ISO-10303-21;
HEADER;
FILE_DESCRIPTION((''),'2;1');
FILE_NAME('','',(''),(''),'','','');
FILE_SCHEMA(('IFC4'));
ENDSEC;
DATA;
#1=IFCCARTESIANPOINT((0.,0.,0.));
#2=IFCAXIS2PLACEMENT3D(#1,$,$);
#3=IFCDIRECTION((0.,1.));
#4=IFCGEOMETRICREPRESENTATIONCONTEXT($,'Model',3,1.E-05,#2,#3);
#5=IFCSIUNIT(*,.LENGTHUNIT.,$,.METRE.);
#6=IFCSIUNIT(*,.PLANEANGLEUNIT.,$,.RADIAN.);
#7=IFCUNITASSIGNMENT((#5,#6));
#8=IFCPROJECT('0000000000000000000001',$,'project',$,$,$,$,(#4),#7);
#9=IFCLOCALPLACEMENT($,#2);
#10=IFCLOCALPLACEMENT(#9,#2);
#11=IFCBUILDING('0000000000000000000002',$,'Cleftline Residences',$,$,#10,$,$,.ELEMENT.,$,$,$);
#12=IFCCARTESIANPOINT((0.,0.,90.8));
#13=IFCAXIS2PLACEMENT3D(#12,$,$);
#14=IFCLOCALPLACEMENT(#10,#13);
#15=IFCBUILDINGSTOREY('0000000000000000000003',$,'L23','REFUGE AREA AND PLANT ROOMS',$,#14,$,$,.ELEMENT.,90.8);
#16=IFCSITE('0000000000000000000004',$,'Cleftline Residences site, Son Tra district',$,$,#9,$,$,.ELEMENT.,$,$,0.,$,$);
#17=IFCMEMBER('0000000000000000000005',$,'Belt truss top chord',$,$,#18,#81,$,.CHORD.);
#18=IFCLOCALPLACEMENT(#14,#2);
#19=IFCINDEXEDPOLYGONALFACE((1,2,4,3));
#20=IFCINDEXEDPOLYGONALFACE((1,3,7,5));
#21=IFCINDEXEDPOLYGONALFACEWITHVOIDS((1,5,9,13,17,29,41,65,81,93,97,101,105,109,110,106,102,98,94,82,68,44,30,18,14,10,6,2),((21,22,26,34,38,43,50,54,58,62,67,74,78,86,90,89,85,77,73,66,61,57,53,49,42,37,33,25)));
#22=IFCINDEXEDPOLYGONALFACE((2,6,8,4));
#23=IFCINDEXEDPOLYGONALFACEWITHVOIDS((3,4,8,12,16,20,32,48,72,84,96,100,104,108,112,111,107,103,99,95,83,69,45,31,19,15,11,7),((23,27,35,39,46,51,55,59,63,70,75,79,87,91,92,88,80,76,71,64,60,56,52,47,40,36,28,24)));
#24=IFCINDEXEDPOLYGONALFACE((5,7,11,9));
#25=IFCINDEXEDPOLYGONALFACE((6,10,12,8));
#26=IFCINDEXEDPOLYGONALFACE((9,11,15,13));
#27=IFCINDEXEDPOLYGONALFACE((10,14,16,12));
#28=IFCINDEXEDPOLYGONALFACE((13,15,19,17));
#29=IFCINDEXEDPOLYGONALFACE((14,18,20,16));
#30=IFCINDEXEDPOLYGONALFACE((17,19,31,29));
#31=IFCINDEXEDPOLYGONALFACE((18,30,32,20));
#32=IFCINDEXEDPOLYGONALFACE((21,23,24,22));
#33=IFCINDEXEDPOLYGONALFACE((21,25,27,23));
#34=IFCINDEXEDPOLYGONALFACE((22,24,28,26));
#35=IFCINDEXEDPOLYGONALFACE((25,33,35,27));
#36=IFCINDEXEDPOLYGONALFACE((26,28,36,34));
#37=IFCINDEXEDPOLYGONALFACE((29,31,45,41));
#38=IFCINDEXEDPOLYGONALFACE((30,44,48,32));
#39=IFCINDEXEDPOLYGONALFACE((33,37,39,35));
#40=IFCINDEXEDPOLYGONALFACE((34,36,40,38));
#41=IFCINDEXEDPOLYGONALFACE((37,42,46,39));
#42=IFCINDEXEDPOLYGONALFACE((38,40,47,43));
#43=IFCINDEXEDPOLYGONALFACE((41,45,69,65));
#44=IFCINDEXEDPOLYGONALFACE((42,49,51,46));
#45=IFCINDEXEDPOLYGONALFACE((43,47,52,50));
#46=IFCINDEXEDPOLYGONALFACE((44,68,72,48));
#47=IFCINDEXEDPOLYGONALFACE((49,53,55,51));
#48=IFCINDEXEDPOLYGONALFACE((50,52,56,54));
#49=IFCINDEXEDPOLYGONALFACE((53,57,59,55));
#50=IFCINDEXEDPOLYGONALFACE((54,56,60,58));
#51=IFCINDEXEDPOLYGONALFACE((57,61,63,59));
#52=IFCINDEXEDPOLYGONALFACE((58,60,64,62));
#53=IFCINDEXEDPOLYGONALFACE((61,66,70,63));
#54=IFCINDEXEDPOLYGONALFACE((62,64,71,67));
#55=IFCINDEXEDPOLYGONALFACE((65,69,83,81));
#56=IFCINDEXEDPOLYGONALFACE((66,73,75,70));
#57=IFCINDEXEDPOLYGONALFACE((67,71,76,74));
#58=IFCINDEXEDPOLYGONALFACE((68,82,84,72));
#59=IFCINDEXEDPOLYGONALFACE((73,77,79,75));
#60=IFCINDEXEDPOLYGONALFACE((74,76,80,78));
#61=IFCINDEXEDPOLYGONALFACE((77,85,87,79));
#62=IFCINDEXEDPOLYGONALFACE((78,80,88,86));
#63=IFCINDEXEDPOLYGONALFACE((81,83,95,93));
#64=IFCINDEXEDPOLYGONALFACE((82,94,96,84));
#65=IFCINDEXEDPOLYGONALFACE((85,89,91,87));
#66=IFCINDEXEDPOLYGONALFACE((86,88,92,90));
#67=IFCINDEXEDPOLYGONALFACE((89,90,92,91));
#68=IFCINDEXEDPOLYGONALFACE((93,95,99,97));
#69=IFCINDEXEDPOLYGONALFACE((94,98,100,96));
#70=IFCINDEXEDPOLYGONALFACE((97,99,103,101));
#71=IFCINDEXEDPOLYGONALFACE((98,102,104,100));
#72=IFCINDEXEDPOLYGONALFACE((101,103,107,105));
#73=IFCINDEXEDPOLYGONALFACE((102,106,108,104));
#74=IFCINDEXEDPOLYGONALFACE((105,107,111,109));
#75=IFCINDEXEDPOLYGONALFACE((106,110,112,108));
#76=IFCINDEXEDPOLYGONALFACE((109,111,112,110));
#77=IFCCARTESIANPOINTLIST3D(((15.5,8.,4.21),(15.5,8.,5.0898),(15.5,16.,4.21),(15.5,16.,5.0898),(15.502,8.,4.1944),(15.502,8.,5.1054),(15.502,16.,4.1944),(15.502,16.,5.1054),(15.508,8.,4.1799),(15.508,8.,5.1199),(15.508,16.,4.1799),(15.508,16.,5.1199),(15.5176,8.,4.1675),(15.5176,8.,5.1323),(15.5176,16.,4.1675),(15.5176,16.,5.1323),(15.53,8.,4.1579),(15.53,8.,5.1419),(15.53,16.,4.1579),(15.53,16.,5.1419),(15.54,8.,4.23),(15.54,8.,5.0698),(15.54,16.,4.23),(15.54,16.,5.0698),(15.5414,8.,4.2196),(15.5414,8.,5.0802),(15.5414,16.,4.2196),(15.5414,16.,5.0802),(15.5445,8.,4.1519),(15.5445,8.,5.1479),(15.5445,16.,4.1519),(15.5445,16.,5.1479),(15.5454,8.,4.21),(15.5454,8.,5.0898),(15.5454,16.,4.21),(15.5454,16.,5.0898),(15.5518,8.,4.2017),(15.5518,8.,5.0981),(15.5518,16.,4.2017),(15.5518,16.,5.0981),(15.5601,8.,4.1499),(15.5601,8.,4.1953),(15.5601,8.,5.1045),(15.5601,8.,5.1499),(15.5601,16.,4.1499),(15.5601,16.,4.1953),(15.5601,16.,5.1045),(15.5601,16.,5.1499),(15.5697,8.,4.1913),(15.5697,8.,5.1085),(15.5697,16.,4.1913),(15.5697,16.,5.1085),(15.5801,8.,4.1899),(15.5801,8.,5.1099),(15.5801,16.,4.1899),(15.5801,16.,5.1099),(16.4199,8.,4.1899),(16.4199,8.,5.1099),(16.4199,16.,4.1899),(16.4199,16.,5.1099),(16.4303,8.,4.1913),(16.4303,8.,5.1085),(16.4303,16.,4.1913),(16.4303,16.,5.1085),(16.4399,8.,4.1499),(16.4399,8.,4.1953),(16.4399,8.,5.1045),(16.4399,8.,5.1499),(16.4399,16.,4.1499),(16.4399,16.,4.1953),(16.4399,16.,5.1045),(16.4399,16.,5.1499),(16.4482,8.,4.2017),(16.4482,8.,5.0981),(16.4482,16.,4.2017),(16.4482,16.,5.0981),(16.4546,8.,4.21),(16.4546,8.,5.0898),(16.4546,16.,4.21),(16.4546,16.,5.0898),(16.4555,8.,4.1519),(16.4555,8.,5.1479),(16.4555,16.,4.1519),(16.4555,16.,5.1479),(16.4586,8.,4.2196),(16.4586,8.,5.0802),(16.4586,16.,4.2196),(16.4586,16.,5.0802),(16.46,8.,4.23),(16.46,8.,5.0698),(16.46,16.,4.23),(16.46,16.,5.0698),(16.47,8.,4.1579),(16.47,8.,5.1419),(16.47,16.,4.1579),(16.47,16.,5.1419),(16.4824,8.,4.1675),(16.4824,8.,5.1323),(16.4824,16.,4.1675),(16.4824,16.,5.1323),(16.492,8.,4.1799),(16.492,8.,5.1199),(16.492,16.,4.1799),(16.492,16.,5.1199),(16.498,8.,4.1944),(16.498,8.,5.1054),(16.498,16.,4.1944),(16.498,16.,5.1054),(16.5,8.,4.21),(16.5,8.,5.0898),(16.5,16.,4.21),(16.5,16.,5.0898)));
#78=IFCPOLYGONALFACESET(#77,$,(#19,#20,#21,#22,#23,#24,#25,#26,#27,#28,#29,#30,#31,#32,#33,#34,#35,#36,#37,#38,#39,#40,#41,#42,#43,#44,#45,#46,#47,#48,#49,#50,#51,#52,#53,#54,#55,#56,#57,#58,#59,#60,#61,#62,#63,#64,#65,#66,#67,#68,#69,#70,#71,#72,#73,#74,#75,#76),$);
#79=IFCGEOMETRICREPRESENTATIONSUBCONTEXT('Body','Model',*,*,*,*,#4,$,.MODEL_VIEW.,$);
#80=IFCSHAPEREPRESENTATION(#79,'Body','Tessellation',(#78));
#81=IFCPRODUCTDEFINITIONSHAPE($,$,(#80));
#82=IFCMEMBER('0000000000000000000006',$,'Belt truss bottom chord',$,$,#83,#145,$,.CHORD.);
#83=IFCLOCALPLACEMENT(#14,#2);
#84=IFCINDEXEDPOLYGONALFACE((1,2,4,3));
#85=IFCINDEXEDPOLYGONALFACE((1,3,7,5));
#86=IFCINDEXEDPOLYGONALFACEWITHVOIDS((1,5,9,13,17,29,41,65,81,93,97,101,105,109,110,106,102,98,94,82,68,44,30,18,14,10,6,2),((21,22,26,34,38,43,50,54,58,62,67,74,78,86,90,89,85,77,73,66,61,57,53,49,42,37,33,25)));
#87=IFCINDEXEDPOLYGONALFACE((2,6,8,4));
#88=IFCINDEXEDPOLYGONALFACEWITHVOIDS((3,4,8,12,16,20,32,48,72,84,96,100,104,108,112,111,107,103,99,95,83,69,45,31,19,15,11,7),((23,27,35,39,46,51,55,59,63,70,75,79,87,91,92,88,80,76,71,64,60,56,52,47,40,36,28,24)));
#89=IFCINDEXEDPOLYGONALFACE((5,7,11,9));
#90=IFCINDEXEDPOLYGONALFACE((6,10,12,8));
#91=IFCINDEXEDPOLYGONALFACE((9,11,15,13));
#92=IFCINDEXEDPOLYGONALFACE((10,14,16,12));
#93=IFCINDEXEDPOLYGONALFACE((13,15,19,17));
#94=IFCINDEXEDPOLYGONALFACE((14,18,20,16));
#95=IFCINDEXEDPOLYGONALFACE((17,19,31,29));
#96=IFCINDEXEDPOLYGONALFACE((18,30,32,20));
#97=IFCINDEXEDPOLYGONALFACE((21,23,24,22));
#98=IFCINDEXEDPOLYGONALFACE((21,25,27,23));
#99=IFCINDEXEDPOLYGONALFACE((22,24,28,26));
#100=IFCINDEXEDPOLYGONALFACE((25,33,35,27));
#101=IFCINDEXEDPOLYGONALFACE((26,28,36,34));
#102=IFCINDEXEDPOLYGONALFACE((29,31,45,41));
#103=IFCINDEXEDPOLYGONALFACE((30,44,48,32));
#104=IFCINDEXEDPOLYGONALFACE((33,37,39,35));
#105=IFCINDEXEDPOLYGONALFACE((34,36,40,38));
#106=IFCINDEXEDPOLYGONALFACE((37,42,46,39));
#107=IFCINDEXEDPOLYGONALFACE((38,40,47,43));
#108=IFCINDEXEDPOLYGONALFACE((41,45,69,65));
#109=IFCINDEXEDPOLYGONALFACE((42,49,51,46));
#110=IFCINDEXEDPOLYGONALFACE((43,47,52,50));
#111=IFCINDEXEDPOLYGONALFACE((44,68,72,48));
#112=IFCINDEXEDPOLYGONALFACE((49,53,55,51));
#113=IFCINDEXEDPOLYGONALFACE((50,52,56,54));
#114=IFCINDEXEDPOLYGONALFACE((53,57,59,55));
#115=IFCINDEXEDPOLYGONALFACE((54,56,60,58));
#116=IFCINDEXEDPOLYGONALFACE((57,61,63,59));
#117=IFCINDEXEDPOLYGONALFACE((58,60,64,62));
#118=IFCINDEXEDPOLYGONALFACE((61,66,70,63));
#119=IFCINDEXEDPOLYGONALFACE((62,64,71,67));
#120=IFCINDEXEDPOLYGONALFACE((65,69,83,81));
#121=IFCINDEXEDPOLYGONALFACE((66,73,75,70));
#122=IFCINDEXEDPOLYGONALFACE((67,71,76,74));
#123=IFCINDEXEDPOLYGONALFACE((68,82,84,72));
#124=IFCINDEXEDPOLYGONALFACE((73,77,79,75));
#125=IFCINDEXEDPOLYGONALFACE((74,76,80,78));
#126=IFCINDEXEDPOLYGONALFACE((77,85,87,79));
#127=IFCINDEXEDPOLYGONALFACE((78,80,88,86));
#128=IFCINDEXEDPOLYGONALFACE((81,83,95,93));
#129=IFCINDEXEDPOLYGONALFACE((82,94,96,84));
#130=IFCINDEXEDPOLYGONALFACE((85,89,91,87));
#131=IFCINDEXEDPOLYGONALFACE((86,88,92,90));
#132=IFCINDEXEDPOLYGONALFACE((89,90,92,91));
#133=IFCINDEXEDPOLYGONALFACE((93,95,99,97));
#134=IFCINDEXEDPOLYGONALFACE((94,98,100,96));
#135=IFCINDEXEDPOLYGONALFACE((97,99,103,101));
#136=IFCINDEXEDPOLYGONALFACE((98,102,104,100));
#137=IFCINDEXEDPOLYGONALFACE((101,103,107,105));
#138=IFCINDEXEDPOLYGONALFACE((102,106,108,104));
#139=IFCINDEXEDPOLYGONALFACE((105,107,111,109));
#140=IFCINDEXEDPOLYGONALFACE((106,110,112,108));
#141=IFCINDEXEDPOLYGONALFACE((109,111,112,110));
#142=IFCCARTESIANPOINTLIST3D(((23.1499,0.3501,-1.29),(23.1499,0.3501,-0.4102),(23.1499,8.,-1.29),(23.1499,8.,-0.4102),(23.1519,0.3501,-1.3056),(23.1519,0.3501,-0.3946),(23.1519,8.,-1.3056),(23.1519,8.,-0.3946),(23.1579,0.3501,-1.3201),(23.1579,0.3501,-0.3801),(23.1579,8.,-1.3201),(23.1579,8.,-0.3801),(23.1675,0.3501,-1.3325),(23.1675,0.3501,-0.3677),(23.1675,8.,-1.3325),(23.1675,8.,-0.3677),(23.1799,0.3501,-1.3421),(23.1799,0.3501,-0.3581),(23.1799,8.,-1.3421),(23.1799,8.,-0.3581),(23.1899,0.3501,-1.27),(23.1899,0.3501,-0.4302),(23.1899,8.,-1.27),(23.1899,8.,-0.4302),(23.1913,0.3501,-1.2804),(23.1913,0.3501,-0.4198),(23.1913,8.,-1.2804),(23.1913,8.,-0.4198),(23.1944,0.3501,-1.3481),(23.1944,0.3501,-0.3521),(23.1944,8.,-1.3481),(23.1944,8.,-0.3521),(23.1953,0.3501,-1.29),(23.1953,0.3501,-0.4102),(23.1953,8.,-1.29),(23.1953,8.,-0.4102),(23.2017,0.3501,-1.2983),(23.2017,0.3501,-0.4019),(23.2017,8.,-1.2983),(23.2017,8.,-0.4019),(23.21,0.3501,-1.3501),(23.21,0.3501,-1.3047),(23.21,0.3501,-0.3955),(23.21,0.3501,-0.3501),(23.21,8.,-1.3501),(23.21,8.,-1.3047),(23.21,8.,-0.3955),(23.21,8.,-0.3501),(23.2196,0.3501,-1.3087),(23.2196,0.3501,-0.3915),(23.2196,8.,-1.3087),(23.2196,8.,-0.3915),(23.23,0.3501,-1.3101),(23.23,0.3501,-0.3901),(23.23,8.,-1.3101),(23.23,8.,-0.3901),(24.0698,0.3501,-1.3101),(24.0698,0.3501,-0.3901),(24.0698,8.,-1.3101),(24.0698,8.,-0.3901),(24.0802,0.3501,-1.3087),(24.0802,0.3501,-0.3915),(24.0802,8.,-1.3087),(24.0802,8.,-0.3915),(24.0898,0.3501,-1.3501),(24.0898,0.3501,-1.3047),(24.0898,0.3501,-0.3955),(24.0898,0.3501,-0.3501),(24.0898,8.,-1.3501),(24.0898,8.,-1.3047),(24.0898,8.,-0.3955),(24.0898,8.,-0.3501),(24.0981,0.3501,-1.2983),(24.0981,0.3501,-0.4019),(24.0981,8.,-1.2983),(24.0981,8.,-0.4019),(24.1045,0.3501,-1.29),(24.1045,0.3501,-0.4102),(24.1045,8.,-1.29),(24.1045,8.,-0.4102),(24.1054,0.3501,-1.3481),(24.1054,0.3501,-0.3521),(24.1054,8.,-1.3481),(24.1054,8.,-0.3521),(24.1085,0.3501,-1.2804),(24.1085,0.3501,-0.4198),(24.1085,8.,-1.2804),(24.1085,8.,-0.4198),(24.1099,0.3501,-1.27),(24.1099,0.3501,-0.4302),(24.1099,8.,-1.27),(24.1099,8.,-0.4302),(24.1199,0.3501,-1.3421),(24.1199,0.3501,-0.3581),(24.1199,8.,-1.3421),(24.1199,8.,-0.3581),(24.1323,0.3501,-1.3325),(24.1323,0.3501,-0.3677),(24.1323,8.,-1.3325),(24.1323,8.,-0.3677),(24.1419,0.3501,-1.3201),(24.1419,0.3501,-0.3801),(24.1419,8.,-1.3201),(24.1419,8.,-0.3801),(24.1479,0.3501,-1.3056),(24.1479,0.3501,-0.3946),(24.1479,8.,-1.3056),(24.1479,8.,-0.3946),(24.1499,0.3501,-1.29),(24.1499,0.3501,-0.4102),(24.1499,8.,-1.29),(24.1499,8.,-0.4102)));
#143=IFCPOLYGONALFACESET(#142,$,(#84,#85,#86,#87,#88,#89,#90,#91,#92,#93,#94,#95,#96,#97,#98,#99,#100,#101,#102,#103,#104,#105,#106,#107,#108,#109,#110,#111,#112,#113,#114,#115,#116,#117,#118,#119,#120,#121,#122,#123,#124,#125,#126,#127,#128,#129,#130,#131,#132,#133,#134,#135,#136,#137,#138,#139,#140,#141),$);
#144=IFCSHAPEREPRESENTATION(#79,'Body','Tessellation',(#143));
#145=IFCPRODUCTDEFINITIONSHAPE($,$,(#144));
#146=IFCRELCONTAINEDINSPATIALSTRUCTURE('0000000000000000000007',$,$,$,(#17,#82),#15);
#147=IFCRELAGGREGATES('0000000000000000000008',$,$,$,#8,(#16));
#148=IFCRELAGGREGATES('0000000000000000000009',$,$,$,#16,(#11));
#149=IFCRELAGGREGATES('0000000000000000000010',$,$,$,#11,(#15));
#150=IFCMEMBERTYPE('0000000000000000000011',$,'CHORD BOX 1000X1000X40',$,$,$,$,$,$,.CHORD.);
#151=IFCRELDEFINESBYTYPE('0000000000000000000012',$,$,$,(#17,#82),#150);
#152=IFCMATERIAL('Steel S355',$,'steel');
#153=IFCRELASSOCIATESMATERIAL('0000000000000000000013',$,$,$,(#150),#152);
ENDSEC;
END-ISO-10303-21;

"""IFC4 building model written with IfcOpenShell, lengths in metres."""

from ifc_helpers import new_model, si_unit, direction, frame, origin, origin_2d, place, context, subcontext, project, spatial, hollow_rectangle, extrude, material, material_profile, profile_set, type_object, element, save


model = new_model("IFC4")

# Units and contexts
model_context = context("Model", 3, precision=1e-05, world=origin(), true_north=direction((0.0, 1.0)))
body_context = subcontext(model_context, "Body", "Model", "MODEL_VIEW")
ifc_project = project(units=[si_unit("LENGTHUNIT", "METRE"), si_unit("PLANEANGLEUNIT", "RADIAN")], contexts=[model_context])

# Site, building, storey
site_placement = place(None, origin())
site = spatial("IfcSite", under=ifc_project, at=site_placement, Name="Cleftline Residences site, Son Tra district", CompositionType="ELEMENT", RefElevation=0.0)
building_placement = place(site_placement, origin())
building = spatial("IfcBuilding", under=site, at=building_placement, Name="Cleftline Residences", CompositionType="ELEMENT")
storey_placement = place(building_placement, frame((0.0, 0.0, 90.8)))
storey = spatial("IfcBuildingStorey", under=building, at=storey_placement, Name="L23", Description="REFUGE AREA AND PLANT ROOMS", CompositionType="ELEMENT", Elevation=90.8)

# Members
ifc_material_1 = material(Name="Steel S355", Category="steel")
ifc_material_profile_1 = material_profile(ifc_material_1, hollow_rectangle(XDim=1.0, YDim=1.0, WallThickness=0.04, InnerFilletRadius=0.04, OuterFilletRadius=0.0601, at=origin_2d()))
ifc_profile_set_1 = profile_set([ifc_material_profile_1], Name="Steel S355")
member_type_1 = type_object("IfcMemberType", Name="CHORD BOX 1000X1000X40", PredefinedType="CHORD", material=ifc_profile_set_1)
for number, where, z_axis, x_axis, name in (
    (1, (16.0, 8.0, 4.6499), (0.0, 1.0, 0.0), (-1.0, 0.0, 0.0), "Belt truss top chord"),
):
    element("IfcMember", number, at=place(storey_placement, frame(where, z_axis=z_axis, x_axis=x_axis)), inside=storey, type_object=member_type_1, Name=name, PredefinedType="CHORD", context=body_context, shape_type="SweptSolid", body=[
        extrude(hollow_rectangle(XDim=1.0, YDim=1.0, WallThickness=0.04, InnerFilletRadius=0.04, OuterFilletRadius=0.0601, at=origin_2d()), origin(), (0.0, 0.0, 1.0), 8.0),
    ])
for number, where, z_axis, x_axis, name in (
    (2, (23.6499, 0.3501, -0.8501), (0.0, 1.0, 0.0), (-1.0, 0.0, 0.0), "Belt truss bottom chord"),
):
    element("IfcMember", number, at=place(storey_placement, frame(where, z_axis=z_axis, x_axis=x_axis)), inside=storey, type_object=member_type_1, Name=name, PredefinedType="CHORD", context=body_context, shape_type="SweptSolid", body=[
        extrude(hollow_rectangle(XDim=1.0, YDim=1.0, WallThickness=0.04, InnerFilletRadius=0.04, OuterFilletRadius=0.0601, at=origin_2d()), origin(), (0.0, 0.0, 1.0), 7.6499),
    ])

save(model, "model.ifc")
